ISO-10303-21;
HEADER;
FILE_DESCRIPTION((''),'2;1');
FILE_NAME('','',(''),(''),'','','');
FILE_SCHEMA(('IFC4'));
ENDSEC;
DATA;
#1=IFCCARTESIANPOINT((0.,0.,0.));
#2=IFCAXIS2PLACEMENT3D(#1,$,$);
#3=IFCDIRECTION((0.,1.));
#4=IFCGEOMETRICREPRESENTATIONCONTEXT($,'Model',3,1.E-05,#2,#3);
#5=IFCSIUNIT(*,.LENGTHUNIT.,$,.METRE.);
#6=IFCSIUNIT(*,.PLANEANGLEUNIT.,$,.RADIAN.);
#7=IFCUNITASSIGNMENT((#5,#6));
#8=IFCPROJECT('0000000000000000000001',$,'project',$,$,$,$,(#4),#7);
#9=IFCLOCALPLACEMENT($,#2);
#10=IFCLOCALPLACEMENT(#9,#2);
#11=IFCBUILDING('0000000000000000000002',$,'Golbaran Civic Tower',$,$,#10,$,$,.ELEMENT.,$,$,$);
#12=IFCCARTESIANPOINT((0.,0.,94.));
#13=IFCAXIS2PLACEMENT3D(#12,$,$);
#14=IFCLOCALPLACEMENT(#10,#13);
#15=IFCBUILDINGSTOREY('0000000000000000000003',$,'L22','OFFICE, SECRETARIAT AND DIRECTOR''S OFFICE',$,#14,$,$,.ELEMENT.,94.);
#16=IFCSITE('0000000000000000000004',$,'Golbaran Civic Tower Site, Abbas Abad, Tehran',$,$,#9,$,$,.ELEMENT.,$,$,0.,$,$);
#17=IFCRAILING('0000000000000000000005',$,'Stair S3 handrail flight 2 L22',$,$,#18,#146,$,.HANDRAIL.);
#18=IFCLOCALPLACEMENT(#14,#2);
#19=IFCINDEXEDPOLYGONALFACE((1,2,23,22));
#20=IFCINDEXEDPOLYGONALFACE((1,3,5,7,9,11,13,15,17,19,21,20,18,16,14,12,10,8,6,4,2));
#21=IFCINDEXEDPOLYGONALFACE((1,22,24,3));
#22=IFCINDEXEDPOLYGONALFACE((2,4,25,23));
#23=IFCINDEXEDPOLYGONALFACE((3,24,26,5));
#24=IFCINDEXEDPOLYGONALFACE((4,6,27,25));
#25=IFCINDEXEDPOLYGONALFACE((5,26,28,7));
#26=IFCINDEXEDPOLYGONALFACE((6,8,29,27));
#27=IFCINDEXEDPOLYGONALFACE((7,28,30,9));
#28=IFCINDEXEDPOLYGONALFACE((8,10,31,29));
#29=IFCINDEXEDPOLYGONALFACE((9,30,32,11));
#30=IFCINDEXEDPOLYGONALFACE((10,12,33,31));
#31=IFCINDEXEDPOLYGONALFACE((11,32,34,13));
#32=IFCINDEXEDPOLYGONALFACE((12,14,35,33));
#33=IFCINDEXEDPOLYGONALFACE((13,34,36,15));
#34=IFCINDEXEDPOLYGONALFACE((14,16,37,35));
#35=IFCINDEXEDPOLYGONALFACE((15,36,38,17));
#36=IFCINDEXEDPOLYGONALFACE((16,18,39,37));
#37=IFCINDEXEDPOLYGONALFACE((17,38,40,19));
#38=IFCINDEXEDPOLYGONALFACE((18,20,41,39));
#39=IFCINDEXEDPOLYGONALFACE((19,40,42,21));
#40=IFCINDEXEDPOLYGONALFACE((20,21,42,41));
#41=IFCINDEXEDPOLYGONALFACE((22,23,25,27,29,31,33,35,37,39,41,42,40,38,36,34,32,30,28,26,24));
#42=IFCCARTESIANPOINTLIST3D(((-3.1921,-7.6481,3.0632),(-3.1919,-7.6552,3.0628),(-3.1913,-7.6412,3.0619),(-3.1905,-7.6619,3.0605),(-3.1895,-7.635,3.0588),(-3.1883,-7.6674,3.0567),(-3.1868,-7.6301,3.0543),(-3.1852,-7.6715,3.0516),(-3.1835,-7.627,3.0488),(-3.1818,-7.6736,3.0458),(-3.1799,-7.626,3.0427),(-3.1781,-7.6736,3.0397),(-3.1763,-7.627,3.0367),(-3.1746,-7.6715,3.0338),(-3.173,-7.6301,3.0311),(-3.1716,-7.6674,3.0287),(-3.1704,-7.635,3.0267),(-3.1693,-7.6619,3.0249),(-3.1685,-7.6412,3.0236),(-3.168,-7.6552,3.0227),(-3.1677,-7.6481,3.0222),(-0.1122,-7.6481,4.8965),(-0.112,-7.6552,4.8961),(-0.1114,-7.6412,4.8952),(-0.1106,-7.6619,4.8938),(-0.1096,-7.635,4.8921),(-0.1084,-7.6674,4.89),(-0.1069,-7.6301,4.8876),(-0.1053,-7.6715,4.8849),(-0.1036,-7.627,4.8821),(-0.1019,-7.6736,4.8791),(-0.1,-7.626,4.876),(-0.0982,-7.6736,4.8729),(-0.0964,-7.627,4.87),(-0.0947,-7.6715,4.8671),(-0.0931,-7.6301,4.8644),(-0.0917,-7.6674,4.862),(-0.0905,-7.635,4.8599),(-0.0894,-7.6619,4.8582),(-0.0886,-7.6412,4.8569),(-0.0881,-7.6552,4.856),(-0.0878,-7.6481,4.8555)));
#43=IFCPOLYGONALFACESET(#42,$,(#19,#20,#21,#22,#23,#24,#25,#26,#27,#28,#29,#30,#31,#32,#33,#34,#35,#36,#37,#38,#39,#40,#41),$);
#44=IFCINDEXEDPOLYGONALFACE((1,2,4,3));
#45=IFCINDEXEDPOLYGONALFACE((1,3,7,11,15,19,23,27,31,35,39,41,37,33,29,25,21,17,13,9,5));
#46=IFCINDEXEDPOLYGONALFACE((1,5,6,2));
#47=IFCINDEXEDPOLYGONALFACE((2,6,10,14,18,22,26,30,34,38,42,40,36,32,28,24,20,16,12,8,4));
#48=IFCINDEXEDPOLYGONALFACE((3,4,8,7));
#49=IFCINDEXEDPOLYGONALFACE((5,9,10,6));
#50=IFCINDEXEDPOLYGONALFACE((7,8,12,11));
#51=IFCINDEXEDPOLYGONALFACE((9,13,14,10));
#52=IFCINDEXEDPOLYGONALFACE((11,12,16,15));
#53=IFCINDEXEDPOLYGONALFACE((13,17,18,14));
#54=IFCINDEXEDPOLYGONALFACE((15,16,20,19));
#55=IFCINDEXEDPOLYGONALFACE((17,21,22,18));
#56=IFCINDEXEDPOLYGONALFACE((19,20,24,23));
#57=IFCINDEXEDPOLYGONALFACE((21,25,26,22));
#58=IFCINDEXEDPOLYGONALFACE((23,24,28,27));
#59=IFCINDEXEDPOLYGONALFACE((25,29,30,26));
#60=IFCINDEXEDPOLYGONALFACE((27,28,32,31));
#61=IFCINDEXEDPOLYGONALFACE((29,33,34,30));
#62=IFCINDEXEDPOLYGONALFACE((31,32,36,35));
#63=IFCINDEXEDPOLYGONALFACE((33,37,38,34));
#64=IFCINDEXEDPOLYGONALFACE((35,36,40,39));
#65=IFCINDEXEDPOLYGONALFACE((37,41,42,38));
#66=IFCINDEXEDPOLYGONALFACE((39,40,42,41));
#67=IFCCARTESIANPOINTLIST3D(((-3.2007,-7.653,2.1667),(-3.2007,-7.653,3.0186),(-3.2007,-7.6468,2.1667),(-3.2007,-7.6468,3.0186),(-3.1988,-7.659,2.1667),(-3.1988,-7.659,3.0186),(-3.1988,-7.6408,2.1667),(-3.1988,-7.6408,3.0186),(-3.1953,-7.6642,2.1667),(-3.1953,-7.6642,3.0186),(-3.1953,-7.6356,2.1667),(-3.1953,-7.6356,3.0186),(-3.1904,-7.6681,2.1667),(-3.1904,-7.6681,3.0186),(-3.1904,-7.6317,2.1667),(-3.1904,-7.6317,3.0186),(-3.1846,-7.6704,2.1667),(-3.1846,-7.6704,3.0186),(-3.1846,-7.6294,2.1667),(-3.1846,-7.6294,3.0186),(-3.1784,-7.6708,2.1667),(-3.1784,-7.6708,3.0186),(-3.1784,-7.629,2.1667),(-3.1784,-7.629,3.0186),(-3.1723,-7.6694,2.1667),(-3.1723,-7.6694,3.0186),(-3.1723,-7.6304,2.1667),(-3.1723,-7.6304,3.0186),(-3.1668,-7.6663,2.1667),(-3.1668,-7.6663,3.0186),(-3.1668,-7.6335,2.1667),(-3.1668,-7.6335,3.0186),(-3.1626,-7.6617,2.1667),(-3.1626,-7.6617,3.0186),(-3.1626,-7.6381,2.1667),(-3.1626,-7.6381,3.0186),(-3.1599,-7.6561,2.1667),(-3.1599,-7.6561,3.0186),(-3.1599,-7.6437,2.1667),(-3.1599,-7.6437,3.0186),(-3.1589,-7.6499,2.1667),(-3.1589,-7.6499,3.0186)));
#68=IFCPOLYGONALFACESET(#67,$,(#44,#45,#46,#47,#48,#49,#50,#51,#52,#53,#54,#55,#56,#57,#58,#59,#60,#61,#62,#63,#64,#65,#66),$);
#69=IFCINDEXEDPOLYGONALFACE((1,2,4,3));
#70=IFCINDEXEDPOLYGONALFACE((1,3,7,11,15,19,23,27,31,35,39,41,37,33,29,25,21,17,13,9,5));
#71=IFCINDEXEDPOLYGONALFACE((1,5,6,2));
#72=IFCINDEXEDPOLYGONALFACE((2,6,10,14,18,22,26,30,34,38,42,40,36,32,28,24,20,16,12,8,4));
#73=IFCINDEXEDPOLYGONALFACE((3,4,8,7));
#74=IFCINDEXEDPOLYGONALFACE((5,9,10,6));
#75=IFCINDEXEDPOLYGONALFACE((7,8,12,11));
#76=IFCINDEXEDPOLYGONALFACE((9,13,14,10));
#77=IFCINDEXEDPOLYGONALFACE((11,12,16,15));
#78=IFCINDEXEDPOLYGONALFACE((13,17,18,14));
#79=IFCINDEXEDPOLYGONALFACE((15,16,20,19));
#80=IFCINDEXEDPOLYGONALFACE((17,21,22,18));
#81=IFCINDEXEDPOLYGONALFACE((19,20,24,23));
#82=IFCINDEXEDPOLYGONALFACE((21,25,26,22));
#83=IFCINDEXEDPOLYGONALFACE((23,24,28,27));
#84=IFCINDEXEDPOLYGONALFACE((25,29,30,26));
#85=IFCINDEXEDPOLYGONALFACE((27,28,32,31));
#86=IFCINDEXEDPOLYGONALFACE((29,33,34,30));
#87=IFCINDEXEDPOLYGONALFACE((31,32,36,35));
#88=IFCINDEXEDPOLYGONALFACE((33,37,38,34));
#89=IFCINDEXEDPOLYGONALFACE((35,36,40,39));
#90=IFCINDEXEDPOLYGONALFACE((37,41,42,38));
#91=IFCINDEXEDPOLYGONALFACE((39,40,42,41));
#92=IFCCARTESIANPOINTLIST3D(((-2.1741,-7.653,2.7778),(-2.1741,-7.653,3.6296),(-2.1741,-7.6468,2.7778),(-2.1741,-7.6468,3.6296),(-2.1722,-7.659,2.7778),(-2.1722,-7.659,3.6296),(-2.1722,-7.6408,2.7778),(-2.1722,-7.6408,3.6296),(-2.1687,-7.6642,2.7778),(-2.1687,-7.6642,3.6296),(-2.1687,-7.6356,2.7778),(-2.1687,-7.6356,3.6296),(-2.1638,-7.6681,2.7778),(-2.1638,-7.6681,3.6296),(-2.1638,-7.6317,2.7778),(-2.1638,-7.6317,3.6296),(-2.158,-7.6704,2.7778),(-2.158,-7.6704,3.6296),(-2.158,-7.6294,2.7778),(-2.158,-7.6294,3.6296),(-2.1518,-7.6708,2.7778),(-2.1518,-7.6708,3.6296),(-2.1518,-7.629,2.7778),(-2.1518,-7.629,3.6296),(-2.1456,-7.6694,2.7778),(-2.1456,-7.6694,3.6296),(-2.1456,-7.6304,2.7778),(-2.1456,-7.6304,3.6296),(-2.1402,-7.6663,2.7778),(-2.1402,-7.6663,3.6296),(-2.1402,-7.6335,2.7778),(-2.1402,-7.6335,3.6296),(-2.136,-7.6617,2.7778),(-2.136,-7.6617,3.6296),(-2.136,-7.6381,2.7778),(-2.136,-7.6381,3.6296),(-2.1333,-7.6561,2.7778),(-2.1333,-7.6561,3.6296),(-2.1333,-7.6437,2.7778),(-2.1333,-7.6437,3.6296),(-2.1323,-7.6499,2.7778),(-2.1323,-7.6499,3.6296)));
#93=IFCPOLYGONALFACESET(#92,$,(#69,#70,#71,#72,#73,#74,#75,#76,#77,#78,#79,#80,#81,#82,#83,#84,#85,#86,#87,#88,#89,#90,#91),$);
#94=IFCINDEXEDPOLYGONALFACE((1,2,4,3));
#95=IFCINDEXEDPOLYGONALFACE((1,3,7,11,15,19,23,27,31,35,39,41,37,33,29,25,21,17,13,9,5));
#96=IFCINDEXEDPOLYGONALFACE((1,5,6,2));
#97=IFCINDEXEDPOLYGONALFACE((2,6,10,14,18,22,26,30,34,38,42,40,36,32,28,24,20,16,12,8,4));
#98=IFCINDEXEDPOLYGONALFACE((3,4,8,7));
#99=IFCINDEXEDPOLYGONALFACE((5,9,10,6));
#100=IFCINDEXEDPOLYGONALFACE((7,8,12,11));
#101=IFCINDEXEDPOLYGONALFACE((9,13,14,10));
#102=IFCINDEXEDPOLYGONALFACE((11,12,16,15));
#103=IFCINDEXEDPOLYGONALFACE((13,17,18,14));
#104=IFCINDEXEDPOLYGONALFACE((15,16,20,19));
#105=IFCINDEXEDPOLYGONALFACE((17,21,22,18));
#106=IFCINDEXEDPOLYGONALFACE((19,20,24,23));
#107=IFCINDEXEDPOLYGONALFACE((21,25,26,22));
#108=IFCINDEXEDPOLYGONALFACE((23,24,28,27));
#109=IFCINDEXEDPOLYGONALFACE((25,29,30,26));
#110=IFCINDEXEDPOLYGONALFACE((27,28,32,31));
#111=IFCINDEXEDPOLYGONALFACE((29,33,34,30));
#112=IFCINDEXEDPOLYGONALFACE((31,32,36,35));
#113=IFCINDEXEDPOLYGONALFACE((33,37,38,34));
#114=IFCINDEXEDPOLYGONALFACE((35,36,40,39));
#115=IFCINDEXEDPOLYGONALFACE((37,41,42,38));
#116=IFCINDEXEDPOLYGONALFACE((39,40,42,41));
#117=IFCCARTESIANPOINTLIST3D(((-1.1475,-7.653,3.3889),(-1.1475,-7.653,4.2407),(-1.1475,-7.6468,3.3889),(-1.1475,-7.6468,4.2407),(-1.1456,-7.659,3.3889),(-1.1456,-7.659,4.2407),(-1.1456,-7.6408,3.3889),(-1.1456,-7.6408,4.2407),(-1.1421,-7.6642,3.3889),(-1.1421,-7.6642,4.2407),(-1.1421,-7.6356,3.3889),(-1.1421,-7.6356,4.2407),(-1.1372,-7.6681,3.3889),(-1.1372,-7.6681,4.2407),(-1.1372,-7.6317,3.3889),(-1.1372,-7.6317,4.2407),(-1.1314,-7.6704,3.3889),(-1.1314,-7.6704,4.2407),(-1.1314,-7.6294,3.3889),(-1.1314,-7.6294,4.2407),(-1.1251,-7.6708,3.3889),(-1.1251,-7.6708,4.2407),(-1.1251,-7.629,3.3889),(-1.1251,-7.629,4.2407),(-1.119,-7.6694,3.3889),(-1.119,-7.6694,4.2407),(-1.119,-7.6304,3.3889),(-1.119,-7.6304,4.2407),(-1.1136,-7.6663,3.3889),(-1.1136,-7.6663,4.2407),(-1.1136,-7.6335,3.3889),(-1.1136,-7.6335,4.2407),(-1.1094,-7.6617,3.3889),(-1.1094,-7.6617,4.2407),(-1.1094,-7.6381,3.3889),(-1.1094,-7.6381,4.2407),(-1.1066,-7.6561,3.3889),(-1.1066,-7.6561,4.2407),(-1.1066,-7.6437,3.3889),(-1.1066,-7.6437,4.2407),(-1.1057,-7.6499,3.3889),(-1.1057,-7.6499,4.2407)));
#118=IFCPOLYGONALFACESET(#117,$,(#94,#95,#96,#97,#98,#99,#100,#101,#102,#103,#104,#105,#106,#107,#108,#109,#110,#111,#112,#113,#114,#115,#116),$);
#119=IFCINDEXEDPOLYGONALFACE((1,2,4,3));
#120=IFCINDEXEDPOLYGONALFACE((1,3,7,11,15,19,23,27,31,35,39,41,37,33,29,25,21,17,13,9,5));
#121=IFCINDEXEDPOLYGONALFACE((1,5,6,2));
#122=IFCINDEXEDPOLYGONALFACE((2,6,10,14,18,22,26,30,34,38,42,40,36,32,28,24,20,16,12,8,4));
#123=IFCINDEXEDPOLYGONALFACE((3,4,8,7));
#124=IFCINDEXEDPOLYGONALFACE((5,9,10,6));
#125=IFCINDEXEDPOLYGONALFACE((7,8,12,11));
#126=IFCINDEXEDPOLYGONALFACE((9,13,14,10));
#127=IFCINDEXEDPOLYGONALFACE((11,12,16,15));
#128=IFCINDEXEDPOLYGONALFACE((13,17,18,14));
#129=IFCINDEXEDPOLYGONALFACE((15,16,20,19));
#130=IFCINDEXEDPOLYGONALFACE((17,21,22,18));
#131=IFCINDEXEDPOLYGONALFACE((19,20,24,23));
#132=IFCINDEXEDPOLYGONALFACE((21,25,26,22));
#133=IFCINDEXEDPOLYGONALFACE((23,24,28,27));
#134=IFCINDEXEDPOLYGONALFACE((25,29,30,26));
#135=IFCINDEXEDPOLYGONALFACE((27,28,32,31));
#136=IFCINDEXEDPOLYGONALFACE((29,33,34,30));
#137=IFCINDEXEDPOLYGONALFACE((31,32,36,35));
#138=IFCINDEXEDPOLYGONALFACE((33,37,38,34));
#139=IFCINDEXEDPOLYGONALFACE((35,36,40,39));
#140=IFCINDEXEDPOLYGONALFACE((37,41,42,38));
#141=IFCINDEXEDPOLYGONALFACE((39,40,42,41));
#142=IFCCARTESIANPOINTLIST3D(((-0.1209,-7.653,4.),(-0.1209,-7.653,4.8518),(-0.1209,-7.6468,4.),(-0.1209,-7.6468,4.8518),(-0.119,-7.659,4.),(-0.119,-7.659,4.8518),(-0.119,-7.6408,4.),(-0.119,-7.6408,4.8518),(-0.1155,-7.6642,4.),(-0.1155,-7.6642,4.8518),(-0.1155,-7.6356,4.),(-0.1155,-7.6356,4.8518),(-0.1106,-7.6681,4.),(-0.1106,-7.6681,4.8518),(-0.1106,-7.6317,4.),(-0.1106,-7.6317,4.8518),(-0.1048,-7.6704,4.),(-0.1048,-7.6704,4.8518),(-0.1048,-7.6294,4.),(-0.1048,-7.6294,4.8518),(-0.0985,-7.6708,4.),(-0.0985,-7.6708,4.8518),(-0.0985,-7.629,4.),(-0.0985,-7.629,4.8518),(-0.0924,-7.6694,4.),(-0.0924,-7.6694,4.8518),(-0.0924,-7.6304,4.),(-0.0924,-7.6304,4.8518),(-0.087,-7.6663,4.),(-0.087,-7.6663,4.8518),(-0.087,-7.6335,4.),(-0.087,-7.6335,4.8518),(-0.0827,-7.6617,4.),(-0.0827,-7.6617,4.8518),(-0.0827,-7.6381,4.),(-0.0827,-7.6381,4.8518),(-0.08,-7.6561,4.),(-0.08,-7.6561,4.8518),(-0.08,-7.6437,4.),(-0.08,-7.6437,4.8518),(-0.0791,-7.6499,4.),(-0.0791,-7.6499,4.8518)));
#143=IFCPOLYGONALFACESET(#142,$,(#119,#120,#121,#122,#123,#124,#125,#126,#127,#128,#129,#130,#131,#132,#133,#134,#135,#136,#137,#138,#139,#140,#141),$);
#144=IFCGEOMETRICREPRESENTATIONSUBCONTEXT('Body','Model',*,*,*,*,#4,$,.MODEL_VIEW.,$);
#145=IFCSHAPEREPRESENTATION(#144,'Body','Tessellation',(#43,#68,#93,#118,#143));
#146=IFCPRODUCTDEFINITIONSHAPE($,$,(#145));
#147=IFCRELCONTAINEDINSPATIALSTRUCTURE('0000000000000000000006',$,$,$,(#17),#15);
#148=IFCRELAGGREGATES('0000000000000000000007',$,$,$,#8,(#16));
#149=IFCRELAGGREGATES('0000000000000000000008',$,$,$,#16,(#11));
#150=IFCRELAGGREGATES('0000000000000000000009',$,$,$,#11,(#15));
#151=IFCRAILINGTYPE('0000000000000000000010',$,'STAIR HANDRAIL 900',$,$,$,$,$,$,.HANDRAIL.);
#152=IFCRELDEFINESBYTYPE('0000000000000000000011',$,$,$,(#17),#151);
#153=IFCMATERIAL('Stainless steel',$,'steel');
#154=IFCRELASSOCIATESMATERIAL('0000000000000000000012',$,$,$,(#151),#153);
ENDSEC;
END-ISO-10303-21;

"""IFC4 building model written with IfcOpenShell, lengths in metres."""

from ifc_helpers import new_model, si_unit, direction, frame, origin, origin_2d, place, context, subcontext, project, spatial, circle, extrude, material, type_object, element, save


model = new_model("IFC4")

# Units and contexts
model_context = context("Model", 3, precision=1e-05, world=origin(), true_north=direction((0.0, 1.0)))
body_context = subcontext(model_context, "Body", "Model", "MODEL_VIEW")
ifc_project = project(units=[si_unit("LENGTHUNIT", "METRE"), si_unit("PLANEANGLEUNIT", "RADIAN")], contexts=[model_context])

# Site, building, storey
site_placement = place(None, origin())
site = spatial("IfcSite", under=ifc_project, at=site_placement, Name="Golbaran Civic Tower Site, Abbas Abad, Tehran", CompositionType="ELEMENT", RefElevation=0.0)
building_placement = place(site_placement, origin())
building = spatial("IfcBuilding", under=site, at=building_placement, Name="Golbaran Civic Tower", CompositionType="ELEMENT")
storey_placement = place(building_placement, frame((0.0, 0.0, 94.0)))
storey = spatial("IfcBuildingStorey", under=building, at=storey_placement, Name="L22", Description="OFFICE, SECRETARIAT AND DIRECTOR'S OFFICE", CompositionType="ELEMENT", Elevation=94.0)

# Shared definitions
ifc_material_1 = material(Name="Stainless steel", Category="steel")

# Railing
railing_type = type_object("IfcRailingType", Name="STAIR HANDRAIL 900", PredefinedType="HANDRAIL", material=ifc_material_1)
railing_placement = place(storey_placement, frame((-3.1799, -7.6499, 2.1667)))
element("IfcRailing", 1, at=railing_placement, inside=storey, type_object=railing_type, Name="Stair S3 handrail flight 2 L22", PredefinedType="HANDRAIL", context=body_context, shape_type="SweptSolid", body=[
    extrude(circle(Radius=0.0239, at=origin_2d()), frame((0.0, 0.0, 0.876), z_axis=(0.859291, 0.0, 0.511487), x_axis=(0.0, 1.0, 0.0)), (0.0, 0.0, 1.0), 3.5842),
    extrude(circle(Radius=0.021, at=origin_2d()), origin(), (0.0, 0.0, 1.0), 0.8518),
    extrude(circle(Radius=0.021, at=origin_2d()), frame((1.0266, 0.0, 0.6111)), (0.0, 0.0, 1.0), 0.8518),
    extrude(circle(Radius=0.021, at=origin_2d()), frame((2.0532, 0.0, 1.2222)), (0.0, 0.0, 1.0), 0.8518),
    extrude(circle(Radius=0.021, at=origin_2d()), frame((3.0798, 0.0, 1.8333)), (0.0, 0.0, 1.0), 0.8518),
])

save(model, "model.ifc")
